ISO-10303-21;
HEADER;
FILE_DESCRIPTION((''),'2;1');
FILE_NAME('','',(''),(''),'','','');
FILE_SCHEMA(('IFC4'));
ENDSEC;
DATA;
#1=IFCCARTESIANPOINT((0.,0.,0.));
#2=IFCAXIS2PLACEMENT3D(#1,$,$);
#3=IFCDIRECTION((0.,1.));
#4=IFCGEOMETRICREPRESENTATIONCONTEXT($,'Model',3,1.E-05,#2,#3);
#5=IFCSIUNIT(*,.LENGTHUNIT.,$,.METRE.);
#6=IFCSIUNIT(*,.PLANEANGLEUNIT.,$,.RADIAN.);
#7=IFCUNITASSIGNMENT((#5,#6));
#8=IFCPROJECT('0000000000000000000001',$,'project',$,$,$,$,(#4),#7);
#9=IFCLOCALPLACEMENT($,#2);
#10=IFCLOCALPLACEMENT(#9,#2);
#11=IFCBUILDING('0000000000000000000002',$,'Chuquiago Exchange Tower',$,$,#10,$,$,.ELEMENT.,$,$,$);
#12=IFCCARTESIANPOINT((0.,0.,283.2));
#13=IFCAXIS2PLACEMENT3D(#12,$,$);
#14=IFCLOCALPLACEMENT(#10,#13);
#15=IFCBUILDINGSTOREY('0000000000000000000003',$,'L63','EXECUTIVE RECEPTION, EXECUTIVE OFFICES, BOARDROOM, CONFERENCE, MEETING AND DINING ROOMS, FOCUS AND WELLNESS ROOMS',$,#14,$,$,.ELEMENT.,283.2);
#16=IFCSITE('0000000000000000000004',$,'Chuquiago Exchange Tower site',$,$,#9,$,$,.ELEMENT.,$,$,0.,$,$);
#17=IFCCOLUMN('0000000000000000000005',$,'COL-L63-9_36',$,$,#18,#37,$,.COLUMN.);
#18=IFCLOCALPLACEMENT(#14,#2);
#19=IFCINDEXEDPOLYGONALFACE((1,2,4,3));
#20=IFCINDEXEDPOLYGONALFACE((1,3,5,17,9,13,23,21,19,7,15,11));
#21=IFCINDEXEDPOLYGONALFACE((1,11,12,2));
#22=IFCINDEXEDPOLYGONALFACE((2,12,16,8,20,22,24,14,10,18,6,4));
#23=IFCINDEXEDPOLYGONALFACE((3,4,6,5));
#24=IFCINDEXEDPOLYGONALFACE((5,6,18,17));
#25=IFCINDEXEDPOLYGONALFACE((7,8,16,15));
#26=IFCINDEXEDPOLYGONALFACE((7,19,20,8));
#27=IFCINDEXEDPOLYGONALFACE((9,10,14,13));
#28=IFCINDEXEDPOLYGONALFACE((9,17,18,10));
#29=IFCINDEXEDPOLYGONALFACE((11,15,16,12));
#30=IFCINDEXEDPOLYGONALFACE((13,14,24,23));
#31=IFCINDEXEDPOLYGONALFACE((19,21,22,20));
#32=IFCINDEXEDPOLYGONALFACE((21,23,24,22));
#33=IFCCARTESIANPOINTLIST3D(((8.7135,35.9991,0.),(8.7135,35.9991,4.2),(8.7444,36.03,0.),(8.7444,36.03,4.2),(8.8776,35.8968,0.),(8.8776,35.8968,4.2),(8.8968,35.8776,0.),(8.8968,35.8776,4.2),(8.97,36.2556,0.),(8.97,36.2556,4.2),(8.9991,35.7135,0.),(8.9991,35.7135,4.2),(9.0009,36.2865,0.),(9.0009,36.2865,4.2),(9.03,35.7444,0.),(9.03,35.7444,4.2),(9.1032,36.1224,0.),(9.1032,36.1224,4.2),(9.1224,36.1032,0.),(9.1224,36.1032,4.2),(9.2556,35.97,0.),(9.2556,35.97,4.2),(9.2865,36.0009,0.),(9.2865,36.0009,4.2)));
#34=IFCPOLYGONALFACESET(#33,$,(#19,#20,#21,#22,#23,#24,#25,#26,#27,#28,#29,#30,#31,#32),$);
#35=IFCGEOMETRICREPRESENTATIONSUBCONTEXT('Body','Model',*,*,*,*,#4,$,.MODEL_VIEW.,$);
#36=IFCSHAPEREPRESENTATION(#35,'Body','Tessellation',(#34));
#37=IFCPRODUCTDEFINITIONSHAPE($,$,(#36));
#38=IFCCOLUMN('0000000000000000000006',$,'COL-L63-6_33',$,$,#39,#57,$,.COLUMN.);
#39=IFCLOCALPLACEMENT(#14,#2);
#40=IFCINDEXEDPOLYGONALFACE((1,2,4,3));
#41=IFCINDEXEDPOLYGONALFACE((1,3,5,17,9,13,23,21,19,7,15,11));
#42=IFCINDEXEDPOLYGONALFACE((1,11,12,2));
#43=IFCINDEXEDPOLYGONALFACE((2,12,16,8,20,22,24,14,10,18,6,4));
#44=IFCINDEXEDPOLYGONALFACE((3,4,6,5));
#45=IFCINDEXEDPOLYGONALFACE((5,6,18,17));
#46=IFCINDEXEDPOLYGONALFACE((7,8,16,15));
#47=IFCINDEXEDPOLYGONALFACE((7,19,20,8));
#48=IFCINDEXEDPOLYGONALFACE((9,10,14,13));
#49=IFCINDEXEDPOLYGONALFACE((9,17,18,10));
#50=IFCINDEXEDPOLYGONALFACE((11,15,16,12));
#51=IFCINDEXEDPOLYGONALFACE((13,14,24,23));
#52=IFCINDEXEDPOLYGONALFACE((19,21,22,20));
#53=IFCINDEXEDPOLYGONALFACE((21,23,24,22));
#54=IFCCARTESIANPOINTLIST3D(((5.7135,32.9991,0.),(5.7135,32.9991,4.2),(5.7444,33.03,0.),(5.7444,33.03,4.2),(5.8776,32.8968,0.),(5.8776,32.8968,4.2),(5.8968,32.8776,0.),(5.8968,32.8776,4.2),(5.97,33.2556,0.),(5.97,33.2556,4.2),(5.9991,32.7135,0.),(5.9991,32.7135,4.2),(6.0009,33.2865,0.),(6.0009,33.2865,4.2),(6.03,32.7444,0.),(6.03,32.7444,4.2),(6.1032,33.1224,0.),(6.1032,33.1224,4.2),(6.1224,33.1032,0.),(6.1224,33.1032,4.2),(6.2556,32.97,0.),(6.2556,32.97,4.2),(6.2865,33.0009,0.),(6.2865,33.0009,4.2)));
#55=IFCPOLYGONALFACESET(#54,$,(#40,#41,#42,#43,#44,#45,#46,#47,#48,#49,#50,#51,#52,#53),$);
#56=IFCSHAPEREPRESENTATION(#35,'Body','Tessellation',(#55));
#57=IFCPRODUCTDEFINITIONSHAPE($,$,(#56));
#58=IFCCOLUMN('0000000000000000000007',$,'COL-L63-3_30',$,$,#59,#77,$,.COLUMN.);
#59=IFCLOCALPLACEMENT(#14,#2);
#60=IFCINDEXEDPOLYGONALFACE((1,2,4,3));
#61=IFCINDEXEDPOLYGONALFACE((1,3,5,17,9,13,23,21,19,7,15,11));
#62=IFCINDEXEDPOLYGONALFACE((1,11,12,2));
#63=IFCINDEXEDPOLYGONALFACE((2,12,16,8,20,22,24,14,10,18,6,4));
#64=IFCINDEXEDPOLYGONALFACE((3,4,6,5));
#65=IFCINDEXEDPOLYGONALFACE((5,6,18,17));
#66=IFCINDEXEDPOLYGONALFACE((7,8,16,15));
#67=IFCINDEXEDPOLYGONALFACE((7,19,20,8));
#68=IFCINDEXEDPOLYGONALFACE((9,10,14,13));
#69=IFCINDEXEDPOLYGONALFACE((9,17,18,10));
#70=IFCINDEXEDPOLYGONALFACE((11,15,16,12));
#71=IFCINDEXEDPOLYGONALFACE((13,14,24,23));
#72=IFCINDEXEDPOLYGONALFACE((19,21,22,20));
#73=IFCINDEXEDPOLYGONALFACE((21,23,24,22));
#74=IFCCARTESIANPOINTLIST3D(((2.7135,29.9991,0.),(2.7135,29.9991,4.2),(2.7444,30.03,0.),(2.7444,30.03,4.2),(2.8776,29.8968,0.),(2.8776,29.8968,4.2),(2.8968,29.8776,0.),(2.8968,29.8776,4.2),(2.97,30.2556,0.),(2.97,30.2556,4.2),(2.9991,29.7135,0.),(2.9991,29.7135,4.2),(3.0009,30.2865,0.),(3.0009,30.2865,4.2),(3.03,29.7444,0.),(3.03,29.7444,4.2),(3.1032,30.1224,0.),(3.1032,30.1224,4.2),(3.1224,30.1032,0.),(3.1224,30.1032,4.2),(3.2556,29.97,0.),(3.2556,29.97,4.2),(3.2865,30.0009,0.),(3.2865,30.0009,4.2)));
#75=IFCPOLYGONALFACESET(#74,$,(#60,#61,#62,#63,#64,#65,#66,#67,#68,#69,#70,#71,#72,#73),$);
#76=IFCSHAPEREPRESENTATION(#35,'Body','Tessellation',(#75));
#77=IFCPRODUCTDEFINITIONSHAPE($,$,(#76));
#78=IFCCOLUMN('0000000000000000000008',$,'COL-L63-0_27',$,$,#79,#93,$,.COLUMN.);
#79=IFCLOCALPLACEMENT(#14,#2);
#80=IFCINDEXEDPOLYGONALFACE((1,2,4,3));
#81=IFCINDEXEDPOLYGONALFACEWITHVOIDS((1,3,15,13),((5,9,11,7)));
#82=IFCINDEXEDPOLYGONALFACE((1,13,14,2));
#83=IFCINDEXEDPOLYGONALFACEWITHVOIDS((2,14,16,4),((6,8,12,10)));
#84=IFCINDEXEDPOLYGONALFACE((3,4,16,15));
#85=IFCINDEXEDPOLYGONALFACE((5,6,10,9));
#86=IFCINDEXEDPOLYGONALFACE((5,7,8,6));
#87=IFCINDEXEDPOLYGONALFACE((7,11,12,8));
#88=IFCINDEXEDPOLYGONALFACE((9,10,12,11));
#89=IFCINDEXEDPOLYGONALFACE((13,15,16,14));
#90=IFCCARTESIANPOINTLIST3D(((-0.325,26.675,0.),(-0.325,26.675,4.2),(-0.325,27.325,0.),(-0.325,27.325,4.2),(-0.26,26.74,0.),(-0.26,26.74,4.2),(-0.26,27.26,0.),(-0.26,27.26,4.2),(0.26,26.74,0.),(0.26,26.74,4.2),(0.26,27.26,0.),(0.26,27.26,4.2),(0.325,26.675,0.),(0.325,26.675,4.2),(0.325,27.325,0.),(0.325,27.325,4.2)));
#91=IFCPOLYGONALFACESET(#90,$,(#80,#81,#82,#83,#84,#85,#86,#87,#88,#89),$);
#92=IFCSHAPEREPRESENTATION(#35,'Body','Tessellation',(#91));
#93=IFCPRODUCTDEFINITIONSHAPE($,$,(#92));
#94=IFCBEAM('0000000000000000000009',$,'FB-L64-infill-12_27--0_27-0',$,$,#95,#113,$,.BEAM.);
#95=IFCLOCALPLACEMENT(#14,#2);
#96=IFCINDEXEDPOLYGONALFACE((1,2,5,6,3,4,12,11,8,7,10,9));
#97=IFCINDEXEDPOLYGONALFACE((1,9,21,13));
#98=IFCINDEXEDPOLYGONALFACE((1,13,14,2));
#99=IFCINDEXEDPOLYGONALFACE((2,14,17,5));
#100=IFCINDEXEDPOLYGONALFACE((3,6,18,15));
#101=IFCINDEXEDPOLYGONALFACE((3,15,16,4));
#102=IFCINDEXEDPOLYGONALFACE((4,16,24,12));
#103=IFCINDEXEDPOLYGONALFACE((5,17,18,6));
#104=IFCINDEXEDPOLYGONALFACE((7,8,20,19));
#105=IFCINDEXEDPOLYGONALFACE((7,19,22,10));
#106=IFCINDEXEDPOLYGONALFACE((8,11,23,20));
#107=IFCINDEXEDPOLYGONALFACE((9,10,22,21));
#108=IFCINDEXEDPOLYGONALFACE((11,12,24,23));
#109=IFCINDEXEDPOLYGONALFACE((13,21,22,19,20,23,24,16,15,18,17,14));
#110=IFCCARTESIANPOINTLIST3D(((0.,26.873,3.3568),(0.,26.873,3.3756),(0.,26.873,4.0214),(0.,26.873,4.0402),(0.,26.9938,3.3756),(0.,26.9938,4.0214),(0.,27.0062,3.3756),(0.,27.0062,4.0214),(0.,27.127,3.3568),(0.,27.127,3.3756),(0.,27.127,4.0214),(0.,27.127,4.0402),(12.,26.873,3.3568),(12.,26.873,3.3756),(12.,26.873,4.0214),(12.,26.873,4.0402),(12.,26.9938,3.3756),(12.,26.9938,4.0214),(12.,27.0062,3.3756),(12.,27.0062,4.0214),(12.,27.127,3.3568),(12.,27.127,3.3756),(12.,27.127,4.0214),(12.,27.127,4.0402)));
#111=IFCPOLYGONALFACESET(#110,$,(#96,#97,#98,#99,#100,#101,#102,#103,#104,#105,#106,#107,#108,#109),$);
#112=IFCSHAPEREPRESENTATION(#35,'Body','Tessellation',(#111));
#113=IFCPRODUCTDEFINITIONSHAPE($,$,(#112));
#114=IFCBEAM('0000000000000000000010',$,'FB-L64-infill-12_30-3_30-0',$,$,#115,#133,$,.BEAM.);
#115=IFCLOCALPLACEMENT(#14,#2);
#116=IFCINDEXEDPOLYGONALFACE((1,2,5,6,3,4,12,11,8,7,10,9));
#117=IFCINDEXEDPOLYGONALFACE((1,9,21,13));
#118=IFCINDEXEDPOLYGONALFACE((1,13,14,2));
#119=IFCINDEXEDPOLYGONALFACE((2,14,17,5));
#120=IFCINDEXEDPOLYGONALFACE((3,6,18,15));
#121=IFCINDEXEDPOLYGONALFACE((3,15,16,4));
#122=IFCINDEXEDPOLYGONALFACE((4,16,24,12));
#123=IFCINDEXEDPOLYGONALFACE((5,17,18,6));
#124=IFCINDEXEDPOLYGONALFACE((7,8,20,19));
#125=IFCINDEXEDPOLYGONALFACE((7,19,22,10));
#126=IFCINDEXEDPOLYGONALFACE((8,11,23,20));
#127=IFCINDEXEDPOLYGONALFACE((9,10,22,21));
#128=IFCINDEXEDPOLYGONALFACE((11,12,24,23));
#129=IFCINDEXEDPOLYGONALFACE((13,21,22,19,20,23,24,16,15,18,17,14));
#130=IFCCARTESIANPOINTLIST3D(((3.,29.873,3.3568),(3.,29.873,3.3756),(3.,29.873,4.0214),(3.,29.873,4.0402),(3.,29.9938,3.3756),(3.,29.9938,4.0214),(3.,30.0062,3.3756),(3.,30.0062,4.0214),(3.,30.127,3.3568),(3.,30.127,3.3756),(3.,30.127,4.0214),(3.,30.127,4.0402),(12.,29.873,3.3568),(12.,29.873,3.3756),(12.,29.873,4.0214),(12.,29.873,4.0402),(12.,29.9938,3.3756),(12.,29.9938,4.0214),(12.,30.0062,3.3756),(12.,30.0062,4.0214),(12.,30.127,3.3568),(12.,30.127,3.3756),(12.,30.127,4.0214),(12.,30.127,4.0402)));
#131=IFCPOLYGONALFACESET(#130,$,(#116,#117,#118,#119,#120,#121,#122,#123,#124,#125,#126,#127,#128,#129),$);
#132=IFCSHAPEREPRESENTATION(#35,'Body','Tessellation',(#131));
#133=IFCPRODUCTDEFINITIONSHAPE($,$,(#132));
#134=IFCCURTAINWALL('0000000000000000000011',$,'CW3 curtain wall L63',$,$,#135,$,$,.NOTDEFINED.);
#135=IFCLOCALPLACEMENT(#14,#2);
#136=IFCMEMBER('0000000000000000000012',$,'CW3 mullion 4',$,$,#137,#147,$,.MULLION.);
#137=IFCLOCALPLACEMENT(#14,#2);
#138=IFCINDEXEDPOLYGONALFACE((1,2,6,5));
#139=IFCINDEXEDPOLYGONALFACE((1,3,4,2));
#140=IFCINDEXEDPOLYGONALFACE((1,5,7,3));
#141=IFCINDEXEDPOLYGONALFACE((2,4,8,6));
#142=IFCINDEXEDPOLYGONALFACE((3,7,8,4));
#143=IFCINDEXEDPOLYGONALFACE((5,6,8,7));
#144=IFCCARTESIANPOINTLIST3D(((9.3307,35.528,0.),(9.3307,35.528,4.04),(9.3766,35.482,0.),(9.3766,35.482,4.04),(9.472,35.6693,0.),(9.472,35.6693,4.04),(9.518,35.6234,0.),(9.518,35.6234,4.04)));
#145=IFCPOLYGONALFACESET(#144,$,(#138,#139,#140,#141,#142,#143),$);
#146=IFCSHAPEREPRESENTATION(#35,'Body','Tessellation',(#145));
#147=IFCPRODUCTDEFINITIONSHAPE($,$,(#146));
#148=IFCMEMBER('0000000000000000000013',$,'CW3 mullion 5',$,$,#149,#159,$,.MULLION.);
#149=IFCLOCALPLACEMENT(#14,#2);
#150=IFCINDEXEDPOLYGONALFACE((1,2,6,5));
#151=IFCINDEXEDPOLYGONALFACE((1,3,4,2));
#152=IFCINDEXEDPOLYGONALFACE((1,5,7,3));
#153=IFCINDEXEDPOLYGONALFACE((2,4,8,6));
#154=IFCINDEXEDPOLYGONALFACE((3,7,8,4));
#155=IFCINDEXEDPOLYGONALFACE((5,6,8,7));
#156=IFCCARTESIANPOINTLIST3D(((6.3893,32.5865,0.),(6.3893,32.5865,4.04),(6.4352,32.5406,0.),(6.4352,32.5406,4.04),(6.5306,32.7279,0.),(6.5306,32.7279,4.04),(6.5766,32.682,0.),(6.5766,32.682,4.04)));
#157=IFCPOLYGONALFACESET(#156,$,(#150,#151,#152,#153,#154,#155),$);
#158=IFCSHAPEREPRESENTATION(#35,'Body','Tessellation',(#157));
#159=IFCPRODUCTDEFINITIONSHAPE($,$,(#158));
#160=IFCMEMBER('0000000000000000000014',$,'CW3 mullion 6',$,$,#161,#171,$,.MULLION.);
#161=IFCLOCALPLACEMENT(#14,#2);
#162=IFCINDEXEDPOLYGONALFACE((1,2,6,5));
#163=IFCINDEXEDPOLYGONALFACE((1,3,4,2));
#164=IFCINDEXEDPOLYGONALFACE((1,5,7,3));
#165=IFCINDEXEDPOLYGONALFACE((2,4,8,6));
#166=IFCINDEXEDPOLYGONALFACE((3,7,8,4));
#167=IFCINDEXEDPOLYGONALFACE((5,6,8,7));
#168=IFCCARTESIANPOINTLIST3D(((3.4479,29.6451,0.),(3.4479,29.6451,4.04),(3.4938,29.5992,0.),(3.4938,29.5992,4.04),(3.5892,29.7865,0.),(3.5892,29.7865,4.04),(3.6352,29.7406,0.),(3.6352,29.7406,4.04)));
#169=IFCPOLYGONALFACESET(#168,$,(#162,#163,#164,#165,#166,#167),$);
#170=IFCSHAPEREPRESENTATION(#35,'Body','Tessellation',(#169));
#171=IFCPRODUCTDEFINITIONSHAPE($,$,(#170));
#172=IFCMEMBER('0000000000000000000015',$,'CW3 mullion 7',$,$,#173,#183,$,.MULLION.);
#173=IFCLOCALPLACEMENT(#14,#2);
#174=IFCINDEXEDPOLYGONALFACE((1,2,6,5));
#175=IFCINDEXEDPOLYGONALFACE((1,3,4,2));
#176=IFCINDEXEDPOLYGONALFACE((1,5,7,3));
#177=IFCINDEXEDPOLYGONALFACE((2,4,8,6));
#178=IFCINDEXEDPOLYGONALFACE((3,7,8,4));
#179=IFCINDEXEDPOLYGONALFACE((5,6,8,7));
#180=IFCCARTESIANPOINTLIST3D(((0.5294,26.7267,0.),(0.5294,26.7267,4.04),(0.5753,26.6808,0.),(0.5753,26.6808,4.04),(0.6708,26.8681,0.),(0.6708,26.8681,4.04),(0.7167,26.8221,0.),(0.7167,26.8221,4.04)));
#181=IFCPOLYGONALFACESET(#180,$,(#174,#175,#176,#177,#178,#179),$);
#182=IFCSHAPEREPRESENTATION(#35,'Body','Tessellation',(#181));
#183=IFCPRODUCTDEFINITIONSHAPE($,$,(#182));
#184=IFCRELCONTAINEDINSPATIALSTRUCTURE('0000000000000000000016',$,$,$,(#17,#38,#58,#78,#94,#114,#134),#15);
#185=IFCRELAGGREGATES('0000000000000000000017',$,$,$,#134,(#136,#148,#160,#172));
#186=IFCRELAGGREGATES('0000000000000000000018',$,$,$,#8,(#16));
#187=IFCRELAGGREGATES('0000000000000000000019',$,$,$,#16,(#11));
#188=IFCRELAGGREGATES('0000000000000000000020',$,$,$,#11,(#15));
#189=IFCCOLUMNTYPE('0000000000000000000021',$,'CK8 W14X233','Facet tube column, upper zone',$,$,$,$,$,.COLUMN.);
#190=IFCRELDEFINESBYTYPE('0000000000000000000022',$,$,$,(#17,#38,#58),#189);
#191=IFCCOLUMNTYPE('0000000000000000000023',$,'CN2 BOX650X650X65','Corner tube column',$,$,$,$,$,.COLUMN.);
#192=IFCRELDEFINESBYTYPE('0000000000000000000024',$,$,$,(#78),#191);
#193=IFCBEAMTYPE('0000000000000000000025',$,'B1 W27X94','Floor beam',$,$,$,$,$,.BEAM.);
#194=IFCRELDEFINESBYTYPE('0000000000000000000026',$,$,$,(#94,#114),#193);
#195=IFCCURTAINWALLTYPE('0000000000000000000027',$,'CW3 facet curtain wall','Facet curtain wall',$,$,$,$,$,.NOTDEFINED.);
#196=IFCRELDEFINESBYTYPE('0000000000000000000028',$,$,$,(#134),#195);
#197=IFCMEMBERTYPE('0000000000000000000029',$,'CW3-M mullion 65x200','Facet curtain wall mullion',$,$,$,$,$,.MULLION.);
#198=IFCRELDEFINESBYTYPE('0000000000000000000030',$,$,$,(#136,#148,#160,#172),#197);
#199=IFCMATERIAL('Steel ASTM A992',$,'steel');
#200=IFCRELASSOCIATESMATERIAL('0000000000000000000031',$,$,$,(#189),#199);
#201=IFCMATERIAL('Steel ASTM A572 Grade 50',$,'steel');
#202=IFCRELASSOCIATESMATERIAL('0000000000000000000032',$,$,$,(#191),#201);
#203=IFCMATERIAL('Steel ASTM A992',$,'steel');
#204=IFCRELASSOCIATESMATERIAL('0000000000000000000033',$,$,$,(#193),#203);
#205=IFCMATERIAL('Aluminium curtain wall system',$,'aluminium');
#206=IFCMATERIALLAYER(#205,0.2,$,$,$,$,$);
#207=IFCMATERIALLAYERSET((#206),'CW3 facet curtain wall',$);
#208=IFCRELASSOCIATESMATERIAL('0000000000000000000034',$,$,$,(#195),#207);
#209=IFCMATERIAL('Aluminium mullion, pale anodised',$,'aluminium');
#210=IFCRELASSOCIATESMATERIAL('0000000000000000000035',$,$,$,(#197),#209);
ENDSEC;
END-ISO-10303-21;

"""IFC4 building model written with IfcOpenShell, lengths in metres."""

from ifc_helpers import new_model, si_unit, direction, frame, origin, origin_2d, place, context, subcontext, project, spatial, rectangle, hollow_rectangle, i_section, extrude, material, layer, layer_set, material_profile, profile_set, type_object, element, aggregate, save


model = new_model("IFC4")

# Units and contexts
model_context = context("Model", 3, precision=1e-05, world=origin(), true_north=direction((0.0, 1.0)))
body_context = subcontext(model_context, "Body", "Model", "MODEL_VIEW")
ifc_project = project(units=[si_unit("LENGTHUNIT", "METRE"), si_unit("PLANEANGLEUNIT", "RADIAN")], contexts=[model_context])

# Site, building, storey
site_placement = place(None, origin())
site = spatial("IfcSite", under=ifc_project, at=site_placement, Name="Chuquiago Exchange Tower site", CompositionType="ELEMENT", RefElevation=0.0)
building_placement = place(site_placement, origin())
building = spatial("IfcBuilding", under=site, at=building_placement, Name="Chuquiago Exchange Tower", CompositionType="ELEMENT")
storey_placement = place(building_placement, frame((0.0, 0.0, 283.2)))
storey = spatial("IfcBuildingStorey", under=building, at=storey_placement, Name="L63", Description="EXECUTIVE RECEPTION, EXECUTIVE OFFICES, BOARDROOM, CONFERENCE, MEETING AND DINING ROOMS, FOCUS AND WELLNESS ROOMS", CompositionType="ELEMENT", Elevation=283.2)

# Columns
ifc_material_1 = material(Name="Steel ASTM A992", Category="steel")
ifc_material_profile_1 = material_profile(ifc_material_1, i_section(OverallWidth=0.4038, OverallDepth=0.4065, WebThickness=0.0271, FlangeThickness=0.0437, at=origin_2d()), Name="W14X233")
ifc_profile_set_1 = profile_set([ifc_material_profile_1], Name="Steel ASTM A992")
column_type_1 = type_object("IfcColumnType", Name="CK8 W14X233", Description="Facet tube column, upper zone", PredefinedType="COLUMN", material=ifc_profile_set_1)
for number, where, z_axis, x_axis, name in (
    (1, (9.0, 36.0, 0.0), (0.0, 0.0, 1.0), (-0.707107, 0.707107, 0.0), "COL-L63-9_36"),
    (2, (6.0, 33.0, 0.0), (0.0, 0.0, 1.0), (-0.707107, 0.707107, 0.0), "COL-L63-6_33"),
    (3, (3.0, 30.0, 0.0), (0.0, 0.0, 1.0), (-0.707107, 0.707107, 0.0), "COL-L63-3_30"),
):
    element("IfcColumn", number, at=place(storey_placement, frame(where, z_axis=z_axis, x_axis=x_axis)), inside=storey, type_object=column_type_1, Name=name, PredefinedType="COLUMN", context=body_context, shape_type="SweptSolid", body=[
        extrude(i_section(OverallWidth=0.4038, OverallDepth=0.4065, WebThickness=0.0271, FlangeThickness=0.0437, at=origin_2d()), origin(), (0.0, 0.0, 1.0), 4.2),
    ])
ifc_material_2 = material(Name="Steel ASTM A572 Grade 50", Category="steel")
ifc_material_profile_2 = material_profile(ifc_material_2, hollow_rectangle(XDim=0.6499, YDim=0.6499, WallThickness=0.0649, at=origin_2d()), Name="BOX650X650X65")
ifc_profile_set_2 = profile_set([ifc_material_profile_2], Name="Steel ASTM A572 Grade 50")
column_type_2 = type_object("IfcColumnType", Name="CN2 BOX650X650X65", Description="Corner tube column", PredefinedType="COLUMN", material=ifc_profile_set_2)
column_placement = place(storey_placement, frame((0.0, 27.0, 0.0), z_axis=(0.0, 0.0, 1.0), x_axis=(-1.0, 0.0, 0.0)))
element("IfcColumn", 4, at=column_placement, inside=storey, type_object=column_type_2, Name="COL-L63-0_27", PredefinedType="COLUMN", context=body_context, shape_type="SweptSolid", body=[
    extrude(hollow_rectangle(XDim=0.6499, YDim=0.6499, WallThickness=0.0649, at=origin_2d()), origin(), (0.0, 0.0, 1.0), 4.2),
])

# Beams
ifc_material_3 = material(Name="Steel ASTM A992", Category="steel")
ifc_material_profile_3 = material_profile(ifc_material_3, i_section(OverallWidth=0.2539, OverallDepth=0.6833, WebThickness=0.0125, FlangeThickness=0.0188, at=origin_2d()), Name="W27X94")
ifc_profile_set_3 = profile_set([ifc_material_profile_3], Name="Steel ASTM A992")
beam_type_1 = type_object("IfcBeamType", Name="B1 W27X94", Description="Floor beam", PredefinedType="BEAM", material=ifc_profile_set_3)
beam_1_placement = place(storey_placement, frame((12.0, 27.0, 3.6985), z_axis=(-1.0, 0.0, 0.0), x_axis=(0.0, -1.0, 0.0)))
element("IfcBeam", 5, at=beam_1_placement, inside=storey, type_object=beam_type_1, Name="FB-L64-infill-12_27--0_27-0", PredefinedType="BEAM", context=body_context, shape_type="SweptSolid", body=[
    extrude(i_section(OverallWidth=0.2539, OverallDepth=0.6833, WebThickness=0.0125, FlangeThickness=0.0188, at=origin_2d()), origin(), (0.0, 0.0, 1.0), 12.0),
])
beam_2_placement = place(storey_placement, frame((12.0, 30.0, 3.6985), z_axis=(-1.0, 0.0, 0.0), x_axis=(0.0, -1.0, 0.0)))
element("IfcBeam", 6, at=beam_2_placement, inside=storey, type_object=beam_type_1, Name="FB-L64-infill-12_30-3_30-0", PredefinedType="BEAM", context=body_context, shape_type="SweptSolid", body=[
    extrude(i_section(OverallWidth=0.2539, OverallDepth=0.6833, WebThickness=0.0125, FlangeThickness=0.0188, at=origin_2d()), origin(), (0.0, 0.0, 1.0), 9.0),
])

# Curtain wall, members
ifc_material_4 = material(Name="Aluminium curtain wall system", Category="aluminium")
ifc_layer_1 = layer(ifc_material_4, 0.2)
ifc_layer_set_1 = layer_set([ifc_layer_1], Name="CW3 facet curtain wall")
curtain_wall_type = type_object("IfcCurtainWallType", Name="CW3 facet curtain wall", Description="Facet curtain wall", PredefinedType="NOTDEFINED", material=ifc_layer_set_1)
curtain_wall_placement = place(storey_placement, origin())
curtain_wall = element("IfcCurtainWall", 7, at=curtain_wall_placement, inside=storey, type_object=curtain_wall_type, Name="CW3 curtain wall L63", PredefinedType="NOTDEFINED")
ifc_material_5 = material(Name="Aluminium mullion, pale anodised", Category="aluminium")
ifc_material_profile_4 = material_profile(ifc_material_5, rectangle(XDim=0.0649, YDim=0.2, at=origin_2d()), Name="AL 65x200")
ifc_profile_set_4 = profile_set([ifc_material_profile_4], Name="Aluminium mullion, pale anodised")
member_type_1 = type_object("IfcMemberType", Name="CW3-M mullion 65x200", Description="Facet curtain wall mullion", PredefinedType="MULLION", material=ifc_profile_set_4)
member_1_placement = place(storey_placement, frame((9.4243, 35.5757, 0.0), z_axis=(0.0, 0.0, 1.0), x_axis=(0.707107, -0.707107, 0.0)))
member_1 = element("IfcMember", 8, at=member_1_placement, type_object=member_type_1, Name="CW3 mullion 4", PredefinedType="MULLION", context=body_context, shape_type="SweptSolid", body=[
    extrude(rectangle(XDim=0.0649, YDim=0.2, at=origin_2d()), origin(), (0.0, 0.0, 1.0), 4.04),
])
member_2_placement = place(storey_placement, frame((6.4829, 32.6343, 0.0), z_axis=(0.0, 0.0, 1.0), x_axis=(0.707107, -0.707107, 0.0)))
member_2 = element("IfcMember", 9, at=member_2_placement, type_object=member_type_1, Name="CW3 mullion 5", PredefinedType="MULLION", context=body_context, shape_type="SweptSolid", body=[
    extrude(rectangle(XDim=0.0649, YDim=0.2, at=origin_2d()), origin(), (0.0, 0.0, 1.0), 4.04),
])
member_3_placement = place(storey_placement, frame((3.5415, 29.6929, 0.0), z_axis=(0.0, 0.0, 1.0), x_axis=(0.707107, -0.707107, 0.0)))
member_3 = element("IfcMember", 10, at=member_3_placement, type_object=member_type_1, Name="CW3 mullion 6", PredefinedType="MULLION", context=body_context, shape_type="SweptSolid", body=[
    extrude(rectangle(XDim=0.0649, YDim=0.2, at=origin_2d()), origin(), (0.0, 0.0, 1.0), 4.04),
])
member_4_placement = place(storey_placement, frame((0.623, 26.7744, 0.0), z_axis=(0.0, 0.0, 1.0), x_axis=(0.707107, -0.707107, 0.0)))
member_4 = element("IfcMember", 11, at=member_4_placement, type_object=member_type_1, Name="CW3 mullion 7", PredefinedType="MULLION", context=body_context, shape_type="SweptSolid", body=[
    extrude(rectangle(XDim=0.0649, YDim=0.2, at=origin_2d()), origin(), (0.0, 0.0, 1.0), 4.04),
])

aggregate(curtain_wall, [member_1, member_2, member_3, member_4])

save(model, "model.ifc")
